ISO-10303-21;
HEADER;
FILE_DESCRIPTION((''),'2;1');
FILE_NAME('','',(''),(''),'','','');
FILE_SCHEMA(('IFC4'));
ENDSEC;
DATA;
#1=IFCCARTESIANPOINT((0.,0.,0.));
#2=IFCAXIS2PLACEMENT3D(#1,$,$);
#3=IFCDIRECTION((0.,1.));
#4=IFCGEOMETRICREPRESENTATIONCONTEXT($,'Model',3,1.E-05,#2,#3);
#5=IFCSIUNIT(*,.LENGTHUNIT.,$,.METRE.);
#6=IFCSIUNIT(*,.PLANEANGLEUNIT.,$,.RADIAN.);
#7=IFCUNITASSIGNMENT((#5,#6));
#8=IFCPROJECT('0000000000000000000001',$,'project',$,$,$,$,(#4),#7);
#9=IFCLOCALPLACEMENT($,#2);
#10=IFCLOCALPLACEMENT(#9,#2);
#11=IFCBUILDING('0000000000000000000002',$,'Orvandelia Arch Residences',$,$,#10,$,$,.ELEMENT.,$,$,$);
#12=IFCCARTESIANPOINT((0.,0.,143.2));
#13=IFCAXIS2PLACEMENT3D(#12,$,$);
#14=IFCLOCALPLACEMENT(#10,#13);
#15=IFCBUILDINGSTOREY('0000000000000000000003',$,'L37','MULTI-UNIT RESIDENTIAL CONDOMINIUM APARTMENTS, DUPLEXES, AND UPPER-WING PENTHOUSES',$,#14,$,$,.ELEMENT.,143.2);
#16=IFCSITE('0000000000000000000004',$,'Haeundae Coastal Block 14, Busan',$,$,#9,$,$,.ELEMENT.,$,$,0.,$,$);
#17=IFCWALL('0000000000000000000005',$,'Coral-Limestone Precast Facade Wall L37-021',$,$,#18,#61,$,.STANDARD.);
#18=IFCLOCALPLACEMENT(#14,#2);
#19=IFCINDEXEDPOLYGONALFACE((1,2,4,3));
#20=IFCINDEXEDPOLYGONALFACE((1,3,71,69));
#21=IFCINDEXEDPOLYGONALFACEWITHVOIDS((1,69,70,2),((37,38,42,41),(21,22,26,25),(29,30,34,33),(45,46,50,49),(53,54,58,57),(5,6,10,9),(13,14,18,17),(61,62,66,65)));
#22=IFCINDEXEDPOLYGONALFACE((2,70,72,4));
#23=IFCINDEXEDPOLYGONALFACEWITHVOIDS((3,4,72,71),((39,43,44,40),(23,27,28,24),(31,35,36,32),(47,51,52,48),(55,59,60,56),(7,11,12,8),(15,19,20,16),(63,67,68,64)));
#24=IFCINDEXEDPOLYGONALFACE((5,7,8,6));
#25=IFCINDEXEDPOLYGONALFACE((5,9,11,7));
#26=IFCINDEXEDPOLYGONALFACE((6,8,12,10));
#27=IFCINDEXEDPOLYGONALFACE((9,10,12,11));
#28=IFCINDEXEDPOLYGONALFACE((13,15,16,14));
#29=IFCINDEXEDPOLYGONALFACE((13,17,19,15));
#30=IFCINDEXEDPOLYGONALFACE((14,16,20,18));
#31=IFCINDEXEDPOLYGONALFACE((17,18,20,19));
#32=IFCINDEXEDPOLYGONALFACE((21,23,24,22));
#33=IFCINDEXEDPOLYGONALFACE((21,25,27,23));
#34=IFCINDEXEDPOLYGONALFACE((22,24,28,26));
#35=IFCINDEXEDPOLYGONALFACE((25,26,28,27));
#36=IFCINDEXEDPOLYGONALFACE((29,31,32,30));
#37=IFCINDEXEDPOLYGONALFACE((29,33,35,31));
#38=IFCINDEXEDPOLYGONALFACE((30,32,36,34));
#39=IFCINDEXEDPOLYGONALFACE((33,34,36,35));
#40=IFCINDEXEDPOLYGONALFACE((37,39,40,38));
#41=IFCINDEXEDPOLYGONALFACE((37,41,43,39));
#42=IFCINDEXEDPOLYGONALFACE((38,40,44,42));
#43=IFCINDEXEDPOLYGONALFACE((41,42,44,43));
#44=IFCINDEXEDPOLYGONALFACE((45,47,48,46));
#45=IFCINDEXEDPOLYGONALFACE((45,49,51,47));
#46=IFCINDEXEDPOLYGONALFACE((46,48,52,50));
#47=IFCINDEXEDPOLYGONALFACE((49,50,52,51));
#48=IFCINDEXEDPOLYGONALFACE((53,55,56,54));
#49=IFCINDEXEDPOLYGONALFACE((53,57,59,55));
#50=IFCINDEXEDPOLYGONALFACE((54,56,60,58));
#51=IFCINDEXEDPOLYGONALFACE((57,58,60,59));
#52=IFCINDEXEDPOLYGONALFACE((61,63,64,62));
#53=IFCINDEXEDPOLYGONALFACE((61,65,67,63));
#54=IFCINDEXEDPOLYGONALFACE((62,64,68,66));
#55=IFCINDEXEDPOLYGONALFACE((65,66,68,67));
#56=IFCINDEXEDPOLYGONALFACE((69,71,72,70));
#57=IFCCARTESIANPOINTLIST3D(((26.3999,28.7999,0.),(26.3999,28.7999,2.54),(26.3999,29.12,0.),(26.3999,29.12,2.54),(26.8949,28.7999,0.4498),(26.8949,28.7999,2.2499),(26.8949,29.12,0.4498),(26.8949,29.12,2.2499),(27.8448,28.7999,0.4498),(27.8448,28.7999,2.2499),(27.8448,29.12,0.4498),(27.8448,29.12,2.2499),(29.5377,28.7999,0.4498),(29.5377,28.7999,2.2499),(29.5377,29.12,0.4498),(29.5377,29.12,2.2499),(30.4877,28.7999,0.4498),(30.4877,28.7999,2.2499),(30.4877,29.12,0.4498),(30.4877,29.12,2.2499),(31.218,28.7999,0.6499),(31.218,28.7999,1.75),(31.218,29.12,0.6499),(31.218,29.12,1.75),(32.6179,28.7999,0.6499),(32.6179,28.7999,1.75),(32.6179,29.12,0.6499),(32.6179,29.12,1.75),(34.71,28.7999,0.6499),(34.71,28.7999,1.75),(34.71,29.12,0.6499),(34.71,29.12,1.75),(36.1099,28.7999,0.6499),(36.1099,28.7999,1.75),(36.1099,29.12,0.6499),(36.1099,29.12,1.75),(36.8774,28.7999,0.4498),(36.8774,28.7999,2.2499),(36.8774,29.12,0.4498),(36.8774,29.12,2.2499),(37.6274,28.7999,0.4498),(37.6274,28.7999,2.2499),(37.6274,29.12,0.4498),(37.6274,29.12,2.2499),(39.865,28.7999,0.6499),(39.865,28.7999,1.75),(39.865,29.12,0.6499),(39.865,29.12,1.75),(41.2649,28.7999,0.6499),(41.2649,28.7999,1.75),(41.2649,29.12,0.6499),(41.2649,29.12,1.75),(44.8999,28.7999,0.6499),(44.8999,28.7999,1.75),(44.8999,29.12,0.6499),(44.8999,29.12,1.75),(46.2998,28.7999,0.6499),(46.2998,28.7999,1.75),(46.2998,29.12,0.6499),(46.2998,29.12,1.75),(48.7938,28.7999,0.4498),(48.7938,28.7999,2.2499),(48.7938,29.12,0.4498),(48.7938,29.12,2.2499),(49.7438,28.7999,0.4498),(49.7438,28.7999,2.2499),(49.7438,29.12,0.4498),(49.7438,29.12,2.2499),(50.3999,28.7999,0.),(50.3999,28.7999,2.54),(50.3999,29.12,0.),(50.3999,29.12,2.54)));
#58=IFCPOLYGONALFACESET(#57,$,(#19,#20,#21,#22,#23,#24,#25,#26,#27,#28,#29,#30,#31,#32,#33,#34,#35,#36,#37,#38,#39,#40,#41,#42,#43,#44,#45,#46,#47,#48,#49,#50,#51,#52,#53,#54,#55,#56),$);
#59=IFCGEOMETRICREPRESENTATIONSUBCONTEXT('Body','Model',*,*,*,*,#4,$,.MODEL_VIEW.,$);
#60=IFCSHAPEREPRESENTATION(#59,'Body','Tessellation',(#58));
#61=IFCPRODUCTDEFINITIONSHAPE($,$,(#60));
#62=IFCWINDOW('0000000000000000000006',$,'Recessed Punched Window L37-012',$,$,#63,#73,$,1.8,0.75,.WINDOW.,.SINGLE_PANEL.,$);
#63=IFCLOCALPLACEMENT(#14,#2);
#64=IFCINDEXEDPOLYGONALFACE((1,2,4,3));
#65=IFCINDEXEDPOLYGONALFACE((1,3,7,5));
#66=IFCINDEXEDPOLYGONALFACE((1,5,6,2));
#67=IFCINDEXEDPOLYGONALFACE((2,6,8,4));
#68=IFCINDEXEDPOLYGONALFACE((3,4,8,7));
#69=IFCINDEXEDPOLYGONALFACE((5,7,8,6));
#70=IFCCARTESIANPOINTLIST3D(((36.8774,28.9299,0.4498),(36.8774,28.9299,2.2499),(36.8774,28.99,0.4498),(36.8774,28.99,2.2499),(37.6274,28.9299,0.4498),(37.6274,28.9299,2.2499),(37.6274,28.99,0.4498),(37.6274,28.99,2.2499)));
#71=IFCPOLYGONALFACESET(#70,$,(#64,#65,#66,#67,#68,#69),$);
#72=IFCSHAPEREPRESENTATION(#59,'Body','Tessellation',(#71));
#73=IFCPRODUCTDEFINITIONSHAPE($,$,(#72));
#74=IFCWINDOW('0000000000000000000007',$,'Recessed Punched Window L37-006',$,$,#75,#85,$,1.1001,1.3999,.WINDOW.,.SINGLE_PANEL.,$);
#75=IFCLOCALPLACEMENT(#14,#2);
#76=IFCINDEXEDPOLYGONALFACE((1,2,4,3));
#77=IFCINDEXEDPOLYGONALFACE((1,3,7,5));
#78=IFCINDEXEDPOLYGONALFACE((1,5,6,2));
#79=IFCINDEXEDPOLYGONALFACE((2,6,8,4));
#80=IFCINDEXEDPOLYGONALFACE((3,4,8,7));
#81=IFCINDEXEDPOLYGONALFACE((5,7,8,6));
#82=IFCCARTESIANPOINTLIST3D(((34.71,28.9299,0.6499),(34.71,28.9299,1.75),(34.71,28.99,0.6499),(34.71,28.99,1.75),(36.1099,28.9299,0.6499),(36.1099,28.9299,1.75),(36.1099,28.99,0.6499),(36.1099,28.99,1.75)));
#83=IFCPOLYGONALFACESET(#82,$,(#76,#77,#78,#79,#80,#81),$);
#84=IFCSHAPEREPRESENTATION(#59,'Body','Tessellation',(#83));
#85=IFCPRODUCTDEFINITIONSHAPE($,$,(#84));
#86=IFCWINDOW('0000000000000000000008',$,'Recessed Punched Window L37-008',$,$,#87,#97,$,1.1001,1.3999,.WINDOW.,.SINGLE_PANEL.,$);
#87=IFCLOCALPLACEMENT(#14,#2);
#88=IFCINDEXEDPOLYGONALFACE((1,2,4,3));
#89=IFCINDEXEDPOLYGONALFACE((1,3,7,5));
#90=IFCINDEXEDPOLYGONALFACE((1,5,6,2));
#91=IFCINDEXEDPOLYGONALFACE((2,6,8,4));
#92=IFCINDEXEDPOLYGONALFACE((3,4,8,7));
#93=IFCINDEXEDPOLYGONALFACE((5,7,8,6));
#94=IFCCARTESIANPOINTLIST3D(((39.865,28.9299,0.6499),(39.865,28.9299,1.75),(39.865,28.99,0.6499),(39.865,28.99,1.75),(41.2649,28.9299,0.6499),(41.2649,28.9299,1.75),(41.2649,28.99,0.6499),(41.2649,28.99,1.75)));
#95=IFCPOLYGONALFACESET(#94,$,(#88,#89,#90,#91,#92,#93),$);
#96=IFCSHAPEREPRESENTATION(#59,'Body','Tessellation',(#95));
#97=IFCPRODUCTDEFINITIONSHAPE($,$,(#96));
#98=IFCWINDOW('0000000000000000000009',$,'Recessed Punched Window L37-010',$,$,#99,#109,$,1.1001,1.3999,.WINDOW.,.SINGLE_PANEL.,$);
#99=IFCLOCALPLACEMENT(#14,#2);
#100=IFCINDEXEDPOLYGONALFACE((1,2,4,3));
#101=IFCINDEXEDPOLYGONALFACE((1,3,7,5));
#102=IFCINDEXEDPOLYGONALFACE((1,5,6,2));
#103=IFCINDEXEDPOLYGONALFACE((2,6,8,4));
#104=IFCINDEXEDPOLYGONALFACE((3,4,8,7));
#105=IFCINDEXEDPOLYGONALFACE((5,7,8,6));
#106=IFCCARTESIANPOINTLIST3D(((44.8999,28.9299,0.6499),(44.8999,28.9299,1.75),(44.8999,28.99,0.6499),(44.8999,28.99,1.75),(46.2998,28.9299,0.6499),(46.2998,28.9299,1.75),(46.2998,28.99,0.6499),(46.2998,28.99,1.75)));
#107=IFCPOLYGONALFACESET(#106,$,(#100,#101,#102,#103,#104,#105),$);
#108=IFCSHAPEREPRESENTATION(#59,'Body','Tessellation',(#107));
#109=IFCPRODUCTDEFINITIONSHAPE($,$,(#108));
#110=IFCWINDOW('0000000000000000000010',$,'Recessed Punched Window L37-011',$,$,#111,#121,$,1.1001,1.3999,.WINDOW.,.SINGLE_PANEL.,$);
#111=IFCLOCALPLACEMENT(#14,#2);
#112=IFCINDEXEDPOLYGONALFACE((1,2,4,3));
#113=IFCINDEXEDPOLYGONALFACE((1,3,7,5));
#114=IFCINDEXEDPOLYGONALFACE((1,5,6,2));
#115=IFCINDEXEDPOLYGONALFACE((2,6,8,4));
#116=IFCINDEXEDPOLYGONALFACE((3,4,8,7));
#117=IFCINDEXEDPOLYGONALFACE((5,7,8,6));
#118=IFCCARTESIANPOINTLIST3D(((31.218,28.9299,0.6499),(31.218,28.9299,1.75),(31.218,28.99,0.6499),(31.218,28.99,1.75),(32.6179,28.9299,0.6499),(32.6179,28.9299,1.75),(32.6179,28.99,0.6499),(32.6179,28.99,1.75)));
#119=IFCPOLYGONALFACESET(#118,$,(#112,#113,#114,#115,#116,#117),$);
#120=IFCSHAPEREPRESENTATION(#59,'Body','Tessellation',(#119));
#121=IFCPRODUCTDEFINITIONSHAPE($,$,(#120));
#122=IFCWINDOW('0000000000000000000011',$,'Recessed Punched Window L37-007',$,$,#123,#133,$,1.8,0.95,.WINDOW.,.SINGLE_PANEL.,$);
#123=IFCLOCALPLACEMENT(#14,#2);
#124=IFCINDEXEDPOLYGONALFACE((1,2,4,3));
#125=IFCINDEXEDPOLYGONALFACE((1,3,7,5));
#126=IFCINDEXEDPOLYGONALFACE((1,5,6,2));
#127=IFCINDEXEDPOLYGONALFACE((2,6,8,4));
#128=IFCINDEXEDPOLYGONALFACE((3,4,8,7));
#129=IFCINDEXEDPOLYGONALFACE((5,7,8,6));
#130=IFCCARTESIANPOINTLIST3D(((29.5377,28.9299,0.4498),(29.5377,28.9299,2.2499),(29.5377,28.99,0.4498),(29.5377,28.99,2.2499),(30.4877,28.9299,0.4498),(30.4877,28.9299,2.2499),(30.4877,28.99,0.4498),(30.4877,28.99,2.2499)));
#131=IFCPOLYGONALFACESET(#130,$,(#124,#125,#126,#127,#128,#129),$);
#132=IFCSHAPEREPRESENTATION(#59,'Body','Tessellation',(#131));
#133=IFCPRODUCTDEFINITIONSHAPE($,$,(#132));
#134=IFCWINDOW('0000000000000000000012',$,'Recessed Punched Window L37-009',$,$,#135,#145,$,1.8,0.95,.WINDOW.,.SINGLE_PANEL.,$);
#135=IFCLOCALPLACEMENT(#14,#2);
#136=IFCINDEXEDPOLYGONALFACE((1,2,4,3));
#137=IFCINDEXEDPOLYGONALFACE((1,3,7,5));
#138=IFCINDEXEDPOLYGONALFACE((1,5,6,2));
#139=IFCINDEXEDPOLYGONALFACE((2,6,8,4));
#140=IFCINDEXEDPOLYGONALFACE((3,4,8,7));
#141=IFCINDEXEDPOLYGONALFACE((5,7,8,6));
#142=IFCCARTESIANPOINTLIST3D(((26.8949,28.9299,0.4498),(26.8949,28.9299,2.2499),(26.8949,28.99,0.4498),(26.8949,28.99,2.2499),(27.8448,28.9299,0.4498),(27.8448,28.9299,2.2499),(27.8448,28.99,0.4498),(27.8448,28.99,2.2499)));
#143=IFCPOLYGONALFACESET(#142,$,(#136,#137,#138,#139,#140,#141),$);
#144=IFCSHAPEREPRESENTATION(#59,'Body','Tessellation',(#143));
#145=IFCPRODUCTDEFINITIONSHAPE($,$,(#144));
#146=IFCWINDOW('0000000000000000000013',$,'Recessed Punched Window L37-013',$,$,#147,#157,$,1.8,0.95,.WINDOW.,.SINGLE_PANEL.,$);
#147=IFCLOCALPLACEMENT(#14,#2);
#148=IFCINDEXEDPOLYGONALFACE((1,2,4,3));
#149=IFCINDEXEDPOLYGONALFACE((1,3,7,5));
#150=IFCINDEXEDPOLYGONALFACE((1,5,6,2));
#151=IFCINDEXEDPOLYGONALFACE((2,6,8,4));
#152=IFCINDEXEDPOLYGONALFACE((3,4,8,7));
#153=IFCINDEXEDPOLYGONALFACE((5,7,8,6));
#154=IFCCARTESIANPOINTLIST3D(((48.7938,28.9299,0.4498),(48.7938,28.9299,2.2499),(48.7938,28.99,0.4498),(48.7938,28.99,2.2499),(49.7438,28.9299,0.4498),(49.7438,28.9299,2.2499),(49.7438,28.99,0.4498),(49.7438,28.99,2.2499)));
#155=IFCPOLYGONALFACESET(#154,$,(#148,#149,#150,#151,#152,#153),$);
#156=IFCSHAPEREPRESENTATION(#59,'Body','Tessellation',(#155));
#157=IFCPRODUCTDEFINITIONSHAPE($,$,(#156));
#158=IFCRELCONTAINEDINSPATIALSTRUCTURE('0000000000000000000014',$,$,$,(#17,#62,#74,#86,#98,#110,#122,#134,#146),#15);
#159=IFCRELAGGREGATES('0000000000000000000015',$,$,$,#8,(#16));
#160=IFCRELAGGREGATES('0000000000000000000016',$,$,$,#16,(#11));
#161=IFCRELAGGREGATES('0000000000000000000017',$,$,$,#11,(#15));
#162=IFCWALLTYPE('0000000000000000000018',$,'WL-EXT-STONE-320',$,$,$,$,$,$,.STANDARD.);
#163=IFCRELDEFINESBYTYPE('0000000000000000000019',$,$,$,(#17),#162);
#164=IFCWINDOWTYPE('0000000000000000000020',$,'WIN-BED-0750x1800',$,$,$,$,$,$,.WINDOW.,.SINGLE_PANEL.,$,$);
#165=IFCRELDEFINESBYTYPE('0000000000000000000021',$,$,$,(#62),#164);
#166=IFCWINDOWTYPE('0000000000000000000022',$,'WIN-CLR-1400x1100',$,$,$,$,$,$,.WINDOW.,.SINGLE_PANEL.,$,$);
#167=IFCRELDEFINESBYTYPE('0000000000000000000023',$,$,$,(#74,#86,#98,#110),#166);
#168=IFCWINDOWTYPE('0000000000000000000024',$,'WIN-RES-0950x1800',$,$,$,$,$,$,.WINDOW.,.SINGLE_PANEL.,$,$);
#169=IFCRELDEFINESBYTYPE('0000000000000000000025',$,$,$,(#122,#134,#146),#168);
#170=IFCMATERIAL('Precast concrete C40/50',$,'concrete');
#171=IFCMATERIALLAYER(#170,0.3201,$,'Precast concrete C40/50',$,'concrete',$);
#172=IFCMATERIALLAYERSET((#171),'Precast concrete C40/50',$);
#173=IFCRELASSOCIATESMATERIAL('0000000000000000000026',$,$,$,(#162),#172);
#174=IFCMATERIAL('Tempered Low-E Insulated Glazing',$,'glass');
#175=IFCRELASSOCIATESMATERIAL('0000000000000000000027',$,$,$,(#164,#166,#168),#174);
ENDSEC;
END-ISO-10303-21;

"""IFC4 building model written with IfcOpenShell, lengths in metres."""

from ifc_helpers import new_model, si_unit, direction, frame, frame_2d, origin, place, context, subcontext, project, spatial, rectangle, extrude, material, layer, layer_set, type_object, element, fill, save


model = new_model("IFC4")

# Units and contexts
model_context = context("Model", 3, precision=1e-05, world=origin(), true_north=direction((0.0, 1.0)))
body_context = subcontext(model_context, "Body", "Model", "MODEL_VIEW")
ifc_project = project(units=[si_unit("LENGTHUNIT", "METRE"), si_unit("PLANEANGLEUNIT", "RADIAN")], contexts=[model_context])

# Site, building, storey
site_placement = place(None, origin())
site = spatial("IfcSite", under=ifc_project, at=site_placement, Name="Haeundae Coastal Block 14, Busan", CompositionType="ELEMENT", RefElevation=0.0)
building_placement = place(site_placement, origin())
building = spatial("IfcBuilding", under=site, at=building_placement, Name="Orvandelia Arch Residences", CompositionType="ELEMENT")
storey_placement = place(building_placement, frame((0.0, 0.0, 143.2)))
storey = spatial("IfcBuildingStorey", under=building, at=storey_placement, Name="L37", Description="MULTI-UNIT RESIDENTIAL CONDOMINIUM APARTMENTS, DUPLEXES, AND UPPER-WING PENTHOUSES", CompositionType="ELEMENT", Elevation=143.2)

# Shared definitions
ifc_material_1 = material(Name="Precast concrete C40/50", Category="concrete")
ifc_layer_1 = layer(ifc_material_1, 0.3201, Name="Precast concrete C40/50", Category="concrete")
ifc_layer_set_1 = layer_set([ifc_layer_1], Name="Precast concrete C40/50")
wall_type_1 = type_object("IfcWallType", Name="WL-EXT-STONE-320", PredefinedType="STANDARD", material=ifc_layer_set_1)

# Wall, openings, windows
wall_1_placement = place(storey_placement, frame((50.3999, 28.96, 0.0), z_axis=(0.0, 0.0, 1.0), x_axis=(-1.0, 0.0, 0.0)))
wall_1 = element("IfcWall", 1, at=wall_1_placement, inside=storey, type_object=wall_type_1, Name="Coral-Limestone Precast Facade Wall L37-021", PredefinedType="STANDARD", context=body_context, shape_type="SweptSolid", body=[
    extrude(rectangle(XDim=24.0, YDim=0.3201, at=frame_2d((12.0, 0.0))), origin(), (0.0, 0.0, 1.0), 2.54),
])
opening_1_placement = place(wall_1_placement, frame((14.29, 0.0, 0.6499)))
opening_1 = element("IfcOpeningElement", 2, at=opening_1_placement, cuts=wall_1, PredefinedType="OPENING", context=body_context, shape_type="SweptSolid", body=[
    extrude(rectangle(XDim=1.3999, YDim=1.1001, at=frame_2d((0.7, 0.55))), frame((0.0, 0.1699, 0.0), z_axis=(0.0, -1.0, 0.0), x_axis=(1.0, 0.0, 0.0)), (0.0, 0.0, 1.0), 0.3401),
])
opening_2_placement = place(wall_1_placement, frame((19.9121, 0.0, 0.45)))
opening_2 = element("IfcOpeningElement", 3, at=opening_2_placement, cuts=wall_1, PredefinedType="OPENING", context=body_context, shape_type="SweptSolid", body=[
    extrude(rectangle(XDim=0.95, YDim=1.8, at=frame_2d((0.4751, 0.8999))), frame((0.0, 0.1699, 0.0), z_axis=(0.0, -1.0, 0.0), x_axis=(1.0, 0.0, 0.0)), (0.0, 0.0, 1.0), 0.3401),
])
opening_3_placement = place(wall_1_placement, frame((9.135, 0.0, 0.6499)))
opening_3 = element("IfcOpeningElement", 4, at=opening_3_placement, cuts=wall_1, PredefinedType="OPENING", context=body_context, shape_type="SweptSolid", body=[
    extrude(rectangle(XDim=1.3999, YDim=1.1001, at=frame_2d((0.7, 0.55))), frame((0.0, 0.1699, 0.0), z_axis=(0.0, -1.0, 0.0), x_axis=(1.0, 0.0, 0.0)), (0.0, 0.0, 1.0), 0.3401),
])
opening_4_placement = place(wall_1_placement, frame((22.5549, 0.0, 0.45)))
opening_4 = element("IfcOpeningElement", 5, at=opening_4_placement, cuts=wall_1, PredefinedType="OPENING", context=body_context, shape_type="SweptSolid", body=[
    extrude(rectangle(XDim=0.95, YDim=1.8, at=frame_2d((0.4751, 0.8999))), frame((0.0, 0.1699, 0.0), z_axis=(0.0, -1.0, 0.0), x_axis=(1.0, 0.0, 0.0)), (0.0, 0.0, 1.0), 0.3401),
])
opening_5_placement = place(wall_1_placement, frame((4.1001, 0.0, 0.6499)))
opening_5 = element("IfcOpeningElement", 6, at=opening_5_placement, cuts=wall_1, PredefinedType="OPENING", context=body_context, shape_type="SweptSolid", body=[
    extrude(rectangle(XDim=1.3999, YDim=1.1001, at=frame_2d((0.7, 0.55))), frame((0.0, 0.1699, 0.0), z_axis=(0.0, -1.0, 0.0), x_axis=(1.0, 0.0, 0.0)), (0.0, 0.0, 1.0), 0.3401),
])
opening_6_placement = place(wall_1_placement, frame((17.782, 0.0, 0.6499)))
opening_6 = element("IfcOpeningElement", 7, at=opening_6_placement, cuts=wall_1, PredefinedType="OPENING", context=body_context, shape_type="SweptSolid", body=[
    extrude(rectangle(XDim=1.3999, YDim=1.1001, at=frame_2d((0.7, 0.55))), frame((0.0, 0.1699, 0.0), z_axis=(0.0, -1.0, 0.0), x_axis=(1.0, 0.0, 0.0)), (0.0, 0.0, 1.0), 0.3401),
])
opening_7_placement = place(wall_1_placement, frame((12.7725, 0.0, 0.45)))
opening_7 = element("IfcOpeningElement", 8, at=opening_7_placement, cuts=wall_1, PredefinedType="OPENING", context=body_context, shape_type="SweptSolid", body=[
    extrude(rectangle(XDim=0.75, YDim=1.8, at=frame_2d((0.375, 0.8999))), frame((0.0, 0.1699, 0.0), z_axis=(0.0, -1.0, 0.0), x_axis=(1.0, 0.0, 0.0)), (0.0, 0.0, 1.0), 0.3401),
])
opening_8_placement = place(wall_1_placement, frame((0.656, 0.0, 0.45)))
opening_8 = element("IfcOpeningElement", 9, at=opening_8_placement, cuts=wall_1, PredefinedType="OPENING", context=body_context, shape_type="SweptSolid", body=[
    extrude(rectangle(XDim=0.95, YDim=1.8, at=frame_2d((0.4751, 0.8999))), frame((0.0, 0.1699, 0.0), z_axis=(0.0, -1.0, 0.0), x_axis=(1.0, 0.0, 0.0)), (0.0, 0.0, 1.0), 0.3401),
])
ifc_material_2 = material(Name="Tempered Low-E Insulated Glazing", Category="glass")
window_type_1 = type_object("IfcWindowType", Name="WIN-BED-0750x1800", PartitioningType="SINGLE_PANEL", PredefinedType="WINDOW", material=ifc_material_2)
window_1_placement = place(opening_7_placement, origin())
window_1 = element("IfcWindow", 10, at=window_1_placement, inside=storey, type_object=window_type_1, Name="Recessed Punched Window L37-012", OverallHeight=1.8, OverallWidth=0.75, PartitioningType="SINGLE_PANEL", PredefinedType="WINDOW", context=body_context, shape_type="SweptSolid", body=[
    extrude(rectangle(XDim=0.75, YDim=1.8, at=frame_2d((0.375, 0.8999))), frame((0.0, 0.03, 0.0), z_axis=(0.0, -1.0, 0.0), x_axis=(1.0, 0.0, 0.0)), (0.0, 0.0, 1.0), 0.0601),
])
fill(opening_7, window_1)
window_type_2 = type_object("IfcWindowType", Name="WIN-CLR-1400x1100", PartitioningType="SINGLE_PANEL", PredefinedType="WINDOW", material=ifc_material_2)
window_2_placement = place(opening_1_placement, origin())
window_2 = element("IfcWindow", 11, at=window_2_placement, inside=storey, type_object=window_type_2, Name="Recessed Punched Window L37-006", OverallHeight=1.1001, OverallWidth=1.3999, PartitioningType="SINGLE_PANEL", PredefinedType="WINDOW", context=body_context, shape_type="SweptSolid", body=[
    extrude(rectangle(XDim=1.3999, YDim=1.1001, at=frame_2d((0.7, 0.55))), frame((0.0, 0.03, 0.0), z_axis=(0.0, -1.0, 0.0), x_axis=(1.0, 0.0, 0.0)), (0.0, 0.0, 1.0), 0.0601),
])
fill(opening_1, window_2)
window_3_placement = place(opening_3_placement, origin())
window_3 = element("IfcWindow", 12, at=window_3_placement, inside=storey, type_object=window_type_2, Name="Recessed Punched Window L37-008", OverallHeight=1.1001, OverallWidth=1.3999, PartitioningType="SINGLE_PANEL", PredefinedType="WINDOW", context=body_context, shape_type="SweptSolid", body=[
    extrude(rectangle(XDim=1.3999, YDim=1.1001, at=frame_2d((0.7, 0.55))), frame((0.0, 0.03, 0.0), z_axis=(0.0, -1.0, 0.0), x_axis=(1.0, 0.0, 0.0)), (0.0, 0.0, 1.0), 0.0601),
])
fill(opening_3, window_3)
window_4_placement = place(opening_5_placement, origin())
window_4 = element("IfcWindow", 13, at=window_4_placement, inside=storey, type_object=window_type_2, Name="Recessed Punched Window L37-010", OverallHeight=1.1001, OverallWidth=1.3999, PartitioningType="SINGLE_PANEL", PredefinedType="WINDOW", context=body_context, shape_type="SweptSolid", body=[
    extrude(rectangle(XDim=1.3999, YDim=1.1001, at=frame_2d((0.7, 0.55))), frame((0.0, 0.03, 0.0), z_axis=(0.0, -1.0, 0.0), x_axis=(1.0, 0.0, 0.0)), (0.0, 0.0, 1.0), 0.0601),
])
fill(opening_5, window_4)
window_5_placement = place(opening_6_placement, origin())
window_5 = element("IfcWindow", 14, at=window_5_placement, inside=storey, type_object=window_type_2, Name="Recessed Punched Window L37-011", OverallHeight=1.1001, OverallWidth=1.3999, PartitioningType="SINGLE_PANEL", PredefinedType="WINDOW", context=body_context, shape_type="SweptSolid", body=[
    extrude(rectangle(XDim=1.3999, YDim=1.1001, at=frame_2d((0.7, 0.55))), frame((0.0, 0.03, 0.0), z_axis=(0.0, -1.0, 0.0), x_axis=(1.0, 0.0, 0.0)), (0.0, 0.0, 1.0), 0.0601),
])
fill(opening_6, window_5)
window_type_3 = type_object("IfcWindowType", Name="WIN-RES-0950x1800", PartitioningType="SINGLE_PANEL", PredefinedType="WINDOW", material=ifc_material_2)
window_6_placement = place(opening_2_placement, origin())
window_6 = element("IfcWindow", 15, at=window_6_placement, inside=storey, type_object=window_type_3, Name="Recessed Punched Window L37-007", OverallHeight=1.8, OverallWidth=0.95, PartitioningType="SINGLE_PANEL", PredefinedType="WINDOW", context=body_context, shape_type="SweptSolid", body=[
    extrude(rectangle(XDim=0.95, YDim=1.8, at=frame_2d((0.4751, 0.8999))), frame((0.0, 0.03, 0.0), z_axis=(0.0, -1.0, 0.0), x_axis=(1.0, 0.0, 0.0)), (0.0, 0.0, 1.0), 0.0601),
])
fill(opening_2, window_6)
window_7_placement = place(opening_4_placement, origin())
window_7 = element("IfcWindow", 16, at=window_7_placement, inside=storey, type_object=window_type_3, Name="Recessed Punched Window L37-009", OverallHeight=1.8, OverallWidth=0.95, PartitioningType="SINGLE_PANEL", PredefinedType="WINDOW", context=body_context, shape_type="SweptSolid", body=[
    extrude(rectangle(XDim=0.95, YDim=1.8, at=frame_2d((0.4751, 0.8999))), frame((0.0, 0.03, 0.0), z_axis=(0.0, -1.0, 0.0), x_axis=(1.0, 0.0, 0.0)), (0.0, 0.0, 1.0), 0.0601),
])
fill(opening_4, window_7)
window_8_placement = place(opening_8_placement, origin())
window_8 = element("IfcWindow", 17, at=window_8_placement, inside=storey, type_object=window_type_3, Name="Recessed Punched Window L37-013", OverallHeight=1.8, OverallWidth=0.95, PartitioningType="SINGLE_PANEL", PredefinedType="WINDOW", context=body_context, shape_type="SweptSolid", body=[
    extrude(rectangle(XDim=0.95, YDim=1.8, at=frame_2d((0.4751, 0.8999))), frame((0.0, 0.03, 0.0), z_axis=(0.0, -1.0, 0.0), x_axis=(1.0, 0.0, 0.0)), (0.0, 0.0, 1.0), 0.0601),
])
fill(opening_8, window_8)

save(model, "model.ifc")
